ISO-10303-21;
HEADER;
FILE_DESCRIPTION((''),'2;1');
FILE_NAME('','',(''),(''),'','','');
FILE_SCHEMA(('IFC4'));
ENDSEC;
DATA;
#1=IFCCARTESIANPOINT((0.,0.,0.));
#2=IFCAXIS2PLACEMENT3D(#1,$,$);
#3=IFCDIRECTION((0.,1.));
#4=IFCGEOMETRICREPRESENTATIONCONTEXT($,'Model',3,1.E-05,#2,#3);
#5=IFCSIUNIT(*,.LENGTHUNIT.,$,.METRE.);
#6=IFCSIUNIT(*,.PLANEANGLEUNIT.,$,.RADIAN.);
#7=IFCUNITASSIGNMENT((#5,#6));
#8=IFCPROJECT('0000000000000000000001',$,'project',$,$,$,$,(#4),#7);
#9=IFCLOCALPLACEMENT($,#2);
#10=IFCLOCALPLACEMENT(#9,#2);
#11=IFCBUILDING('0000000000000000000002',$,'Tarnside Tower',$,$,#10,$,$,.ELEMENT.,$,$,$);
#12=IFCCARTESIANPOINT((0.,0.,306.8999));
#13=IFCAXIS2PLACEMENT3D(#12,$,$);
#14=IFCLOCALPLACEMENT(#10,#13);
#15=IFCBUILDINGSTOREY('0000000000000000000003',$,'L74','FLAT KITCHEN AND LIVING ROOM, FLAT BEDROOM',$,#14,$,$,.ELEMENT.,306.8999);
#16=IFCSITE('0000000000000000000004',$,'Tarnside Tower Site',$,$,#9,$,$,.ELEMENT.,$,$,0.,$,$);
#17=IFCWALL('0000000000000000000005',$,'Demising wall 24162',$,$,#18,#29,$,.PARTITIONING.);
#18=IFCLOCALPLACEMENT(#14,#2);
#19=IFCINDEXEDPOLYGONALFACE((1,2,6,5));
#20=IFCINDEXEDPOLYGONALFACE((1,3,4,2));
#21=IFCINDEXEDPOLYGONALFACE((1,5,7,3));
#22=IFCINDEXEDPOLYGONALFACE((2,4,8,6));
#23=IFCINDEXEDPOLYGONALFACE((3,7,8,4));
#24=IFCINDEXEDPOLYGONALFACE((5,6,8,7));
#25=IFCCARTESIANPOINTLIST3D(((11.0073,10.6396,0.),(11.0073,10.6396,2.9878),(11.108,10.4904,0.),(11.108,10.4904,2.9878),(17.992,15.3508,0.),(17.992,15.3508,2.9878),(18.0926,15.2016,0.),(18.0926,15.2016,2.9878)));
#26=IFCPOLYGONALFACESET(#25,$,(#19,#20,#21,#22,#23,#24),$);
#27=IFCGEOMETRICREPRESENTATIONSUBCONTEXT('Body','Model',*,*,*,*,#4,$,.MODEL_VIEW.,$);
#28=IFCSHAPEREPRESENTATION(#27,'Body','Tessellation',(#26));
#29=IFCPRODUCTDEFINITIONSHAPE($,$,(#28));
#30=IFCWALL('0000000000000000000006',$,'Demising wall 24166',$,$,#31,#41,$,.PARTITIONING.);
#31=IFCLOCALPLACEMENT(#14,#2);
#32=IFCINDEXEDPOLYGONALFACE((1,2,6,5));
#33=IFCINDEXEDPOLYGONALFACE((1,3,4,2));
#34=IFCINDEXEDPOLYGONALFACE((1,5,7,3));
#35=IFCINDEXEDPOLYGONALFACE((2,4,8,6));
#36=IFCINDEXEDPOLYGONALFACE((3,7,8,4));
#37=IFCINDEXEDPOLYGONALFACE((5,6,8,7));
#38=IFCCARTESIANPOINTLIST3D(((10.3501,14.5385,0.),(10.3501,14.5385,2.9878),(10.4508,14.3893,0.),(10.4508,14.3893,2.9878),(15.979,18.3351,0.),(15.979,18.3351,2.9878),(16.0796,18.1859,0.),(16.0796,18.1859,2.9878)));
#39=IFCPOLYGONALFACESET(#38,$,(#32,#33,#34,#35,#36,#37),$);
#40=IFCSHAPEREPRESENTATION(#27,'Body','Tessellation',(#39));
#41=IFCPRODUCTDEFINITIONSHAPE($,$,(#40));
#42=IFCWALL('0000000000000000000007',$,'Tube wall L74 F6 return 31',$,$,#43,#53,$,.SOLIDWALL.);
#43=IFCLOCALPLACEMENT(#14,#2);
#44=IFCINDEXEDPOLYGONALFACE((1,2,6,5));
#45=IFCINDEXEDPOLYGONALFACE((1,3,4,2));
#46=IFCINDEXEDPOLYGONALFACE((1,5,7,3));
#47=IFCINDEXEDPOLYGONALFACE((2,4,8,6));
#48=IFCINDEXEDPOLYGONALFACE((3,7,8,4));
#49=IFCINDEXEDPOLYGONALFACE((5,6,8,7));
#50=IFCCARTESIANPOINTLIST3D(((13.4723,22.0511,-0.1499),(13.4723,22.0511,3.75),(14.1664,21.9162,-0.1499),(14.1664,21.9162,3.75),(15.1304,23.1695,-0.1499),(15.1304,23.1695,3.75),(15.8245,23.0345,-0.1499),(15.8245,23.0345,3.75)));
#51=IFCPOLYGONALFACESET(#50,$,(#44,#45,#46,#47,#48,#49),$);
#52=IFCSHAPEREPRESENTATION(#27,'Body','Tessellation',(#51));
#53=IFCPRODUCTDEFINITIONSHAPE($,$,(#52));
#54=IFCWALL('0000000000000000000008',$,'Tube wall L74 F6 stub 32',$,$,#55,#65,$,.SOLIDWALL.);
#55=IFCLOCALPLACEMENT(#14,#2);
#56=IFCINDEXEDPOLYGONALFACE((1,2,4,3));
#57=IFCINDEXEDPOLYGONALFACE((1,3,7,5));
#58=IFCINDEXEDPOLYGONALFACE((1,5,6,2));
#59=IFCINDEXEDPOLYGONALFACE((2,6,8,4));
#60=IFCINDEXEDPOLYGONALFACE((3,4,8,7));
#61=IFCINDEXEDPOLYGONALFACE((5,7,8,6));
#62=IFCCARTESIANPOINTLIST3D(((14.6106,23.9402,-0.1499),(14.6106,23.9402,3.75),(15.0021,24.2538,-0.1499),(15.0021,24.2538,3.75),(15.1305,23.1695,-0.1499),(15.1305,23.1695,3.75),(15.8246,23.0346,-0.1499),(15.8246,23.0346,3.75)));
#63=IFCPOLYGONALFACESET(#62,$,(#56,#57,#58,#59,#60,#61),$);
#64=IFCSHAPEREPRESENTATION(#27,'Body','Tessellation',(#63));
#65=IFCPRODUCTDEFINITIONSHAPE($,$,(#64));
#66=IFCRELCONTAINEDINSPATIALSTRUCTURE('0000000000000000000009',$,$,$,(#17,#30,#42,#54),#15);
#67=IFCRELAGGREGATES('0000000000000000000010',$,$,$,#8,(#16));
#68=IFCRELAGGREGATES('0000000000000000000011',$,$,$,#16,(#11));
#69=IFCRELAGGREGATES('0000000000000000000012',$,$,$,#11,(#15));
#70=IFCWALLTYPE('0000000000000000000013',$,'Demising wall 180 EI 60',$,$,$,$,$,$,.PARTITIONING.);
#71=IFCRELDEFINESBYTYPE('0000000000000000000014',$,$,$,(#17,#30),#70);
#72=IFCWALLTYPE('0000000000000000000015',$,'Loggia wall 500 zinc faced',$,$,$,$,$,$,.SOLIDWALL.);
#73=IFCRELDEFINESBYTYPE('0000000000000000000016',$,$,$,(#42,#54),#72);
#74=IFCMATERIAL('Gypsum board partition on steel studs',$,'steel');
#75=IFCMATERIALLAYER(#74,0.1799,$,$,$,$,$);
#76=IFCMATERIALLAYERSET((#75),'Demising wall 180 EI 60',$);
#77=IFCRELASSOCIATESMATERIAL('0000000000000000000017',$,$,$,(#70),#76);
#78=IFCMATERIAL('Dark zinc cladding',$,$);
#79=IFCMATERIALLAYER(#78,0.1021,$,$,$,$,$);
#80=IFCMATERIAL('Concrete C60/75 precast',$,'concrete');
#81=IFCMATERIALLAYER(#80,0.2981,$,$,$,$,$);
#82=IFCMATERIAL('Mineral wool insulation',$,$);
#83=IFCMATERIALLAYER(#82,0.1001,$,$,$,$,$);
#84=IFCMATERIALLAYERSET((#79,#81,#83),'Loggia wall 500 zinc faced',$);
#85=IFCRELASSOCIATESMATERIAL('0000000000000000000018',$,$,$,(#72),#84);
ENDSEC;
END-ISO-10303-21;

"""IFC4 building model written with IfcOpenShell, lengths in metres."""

from ifc_helpers import new_model, si_unit, direction, frame, frame_2d, origin, place, context, subcontext, project, spatial, polyline, rectangle, outline, extrude, material, layer, layer_set, type_object, element, save


model = new_model("IFC4")

# Units and contexts
model_context = context("Model", 3, precision=1e-05, world=origin(), true_north=direction((0.0, 1.0)))
body_context = subcontext(model_context, "Body", "Model", "MODEL_VIEW")
ifc_project = project(units=[si_unit("LENGTHUNIT", "METRE"), si_unit("PLANEANGLEUNIT", "RADIAN")], contexts=[model_context])

# Site, building, storey
site_placement = place(None, origin())
site = spatial("IfcSite", under=ifc_project, at=site_placement, Name="Tarnside Tower Site", CompositionType="ELEMENT", RefElevation=0.0)
building_placement = place(site_placement, origin())
building = spatial("IfcBuilding", under=site, at=building_placement, Name="Tarnside Tower", CompositionType="ELEMENT")
storey_placement = place(building_placement, frame((0.0, 0.0, 306.8999)))
storey = spatial("IfcBuildingStorey", under=building, at=storey_placement, Name="L74", Description="FLAT KITCHEN AND LIVING ROOM, FLAT BEDROOM", CompositionType="ELEMENT", Elevation=306.8999)

# Walls
ifc_material_1 = material(Name="Gypsum board partition on steel studs", Category="steel")
ifc_layer_1 = layer(ifc_material_1, 0.1799)
ifc_layer_set_1 = layer_set([ifc_layer_1], Name="Demising wall 180 EI 60")
wall_type_1 = type_object("IfcWallType", Name="Demising wall 180 EI 60", PredefinedType="PARTITIONING", material=ifc_layer_set_1)
wall_1_placement = place(storey_placement, frame((18.0422, 15.2761, 0.0), z_axis=(0.0, 0.0, 1.0), x_axis=(-0.829038, -0.559193, 0.0)))
element("IfcWall", 1, at=wall_1_placement, inside=storey, type_object=wall_type_1, Name="Demising wall 24162", PredefinedType="PARTITIONING", context=body_context, shape_type="SweptSolid", body=[
    extrude(rectangle(XDim=8.425, YDim=0.1799, at=frame_2d((4.2124, 0.0))), origin(), (0.0, 0.0, 1.0), 2.9878),
])
wall_2_placement = place(storey_placement, frame((16.0293, 18.2605, 0.0), z_axis=(0.0, 0.0, 1.0), x_axis=(-0.829045, -0.559181, 0.0)))
element("IfcWall", 2, at=wall_2_placement, inside=storey, type_object=wall_type_1, Name="Demising wall 24166", PredefinedType="PARTITIONING", context=body_context, shape_type="SweptSolid", body=[
    extrude(rectangle(XDim=6.7896, YDim=0.1799, at=frame_2d((3.3948, 0.0))), origin(), (0.0, 0.0, 1.0), 2.9878),
])
ifc_material_2 = material(Name="Dark zinc cladding")
ifc_layer_2 = layer(ifc_material_2, 0.1021)
ifc_material_3 = material(Name="Concrete C60/75 precast", Category="concrete")
ifc_layer_3 = layer(ifc_material_3, 0.2981)
ifc_material_4 = material(Name="Mineral wool insulation")
ifc_layer_4 = layer(ifc_material_4, 0.1001)
ifc_layer_set_2 = layer_set([ifc_layer_2, ifc_layer_3, ifc_layer_4], Name="Loggia wall 500 zinc faced")
wall_type_2 = type_object("IfcWallType", Name="Loggia wall 500 zinc faced", PredefinedType="SOLIDWALL", material=ifc_layer_set_2)
wall_3_placement = place(storey_placement, frame((13.8193, 21.9836, -0.1499), z_axis=(0.0, 0.0, 1.0), x_axis=(0.829052, 0.559171, 0.0)))
element("IfcWall", 3, at=wall_3_placement, inside=storey, type_object=wall_type_2, Name="Tube wall L74 F6 return 31", PredefinedType="SOLIDWALL", context=body_context, shape_type="SweptSolid", body=[
    extrude(outline(polyline([(0.25, -0.25), (2.25, -0.25), (1.75, 0.25), (-0.25, 0.25), (0.25, -0.25)])), origin(), (0.0, 0.0, 1.0), 3.8999),
])
wall_4_placement = place(storey_placement, frame((15.4775, 23.1021, -0.1499), z_axis=(0.0, 0.0, 1.0), x_axis=(-0.559246, 0.829002, 0.0)))
element("IfcWall", 4, at=wall_4_placement, inside=storey, type_object=wall_type_2, Name="Tube wall L74 F6 stub 32", PredefinedType="SOLIDWALL", context=body_context, shape_type="SweptSolid", body=[
    extrude(outline(polyline([(-0.25, -0.25), (1.2207, -0.25), (1.1797, 0.25), (0.25, 0.25), (-0.25, -0.25)])), origin(), (0.0, 0.0, 1.0), 3.8999),
])

save(model, "model.ifc")
